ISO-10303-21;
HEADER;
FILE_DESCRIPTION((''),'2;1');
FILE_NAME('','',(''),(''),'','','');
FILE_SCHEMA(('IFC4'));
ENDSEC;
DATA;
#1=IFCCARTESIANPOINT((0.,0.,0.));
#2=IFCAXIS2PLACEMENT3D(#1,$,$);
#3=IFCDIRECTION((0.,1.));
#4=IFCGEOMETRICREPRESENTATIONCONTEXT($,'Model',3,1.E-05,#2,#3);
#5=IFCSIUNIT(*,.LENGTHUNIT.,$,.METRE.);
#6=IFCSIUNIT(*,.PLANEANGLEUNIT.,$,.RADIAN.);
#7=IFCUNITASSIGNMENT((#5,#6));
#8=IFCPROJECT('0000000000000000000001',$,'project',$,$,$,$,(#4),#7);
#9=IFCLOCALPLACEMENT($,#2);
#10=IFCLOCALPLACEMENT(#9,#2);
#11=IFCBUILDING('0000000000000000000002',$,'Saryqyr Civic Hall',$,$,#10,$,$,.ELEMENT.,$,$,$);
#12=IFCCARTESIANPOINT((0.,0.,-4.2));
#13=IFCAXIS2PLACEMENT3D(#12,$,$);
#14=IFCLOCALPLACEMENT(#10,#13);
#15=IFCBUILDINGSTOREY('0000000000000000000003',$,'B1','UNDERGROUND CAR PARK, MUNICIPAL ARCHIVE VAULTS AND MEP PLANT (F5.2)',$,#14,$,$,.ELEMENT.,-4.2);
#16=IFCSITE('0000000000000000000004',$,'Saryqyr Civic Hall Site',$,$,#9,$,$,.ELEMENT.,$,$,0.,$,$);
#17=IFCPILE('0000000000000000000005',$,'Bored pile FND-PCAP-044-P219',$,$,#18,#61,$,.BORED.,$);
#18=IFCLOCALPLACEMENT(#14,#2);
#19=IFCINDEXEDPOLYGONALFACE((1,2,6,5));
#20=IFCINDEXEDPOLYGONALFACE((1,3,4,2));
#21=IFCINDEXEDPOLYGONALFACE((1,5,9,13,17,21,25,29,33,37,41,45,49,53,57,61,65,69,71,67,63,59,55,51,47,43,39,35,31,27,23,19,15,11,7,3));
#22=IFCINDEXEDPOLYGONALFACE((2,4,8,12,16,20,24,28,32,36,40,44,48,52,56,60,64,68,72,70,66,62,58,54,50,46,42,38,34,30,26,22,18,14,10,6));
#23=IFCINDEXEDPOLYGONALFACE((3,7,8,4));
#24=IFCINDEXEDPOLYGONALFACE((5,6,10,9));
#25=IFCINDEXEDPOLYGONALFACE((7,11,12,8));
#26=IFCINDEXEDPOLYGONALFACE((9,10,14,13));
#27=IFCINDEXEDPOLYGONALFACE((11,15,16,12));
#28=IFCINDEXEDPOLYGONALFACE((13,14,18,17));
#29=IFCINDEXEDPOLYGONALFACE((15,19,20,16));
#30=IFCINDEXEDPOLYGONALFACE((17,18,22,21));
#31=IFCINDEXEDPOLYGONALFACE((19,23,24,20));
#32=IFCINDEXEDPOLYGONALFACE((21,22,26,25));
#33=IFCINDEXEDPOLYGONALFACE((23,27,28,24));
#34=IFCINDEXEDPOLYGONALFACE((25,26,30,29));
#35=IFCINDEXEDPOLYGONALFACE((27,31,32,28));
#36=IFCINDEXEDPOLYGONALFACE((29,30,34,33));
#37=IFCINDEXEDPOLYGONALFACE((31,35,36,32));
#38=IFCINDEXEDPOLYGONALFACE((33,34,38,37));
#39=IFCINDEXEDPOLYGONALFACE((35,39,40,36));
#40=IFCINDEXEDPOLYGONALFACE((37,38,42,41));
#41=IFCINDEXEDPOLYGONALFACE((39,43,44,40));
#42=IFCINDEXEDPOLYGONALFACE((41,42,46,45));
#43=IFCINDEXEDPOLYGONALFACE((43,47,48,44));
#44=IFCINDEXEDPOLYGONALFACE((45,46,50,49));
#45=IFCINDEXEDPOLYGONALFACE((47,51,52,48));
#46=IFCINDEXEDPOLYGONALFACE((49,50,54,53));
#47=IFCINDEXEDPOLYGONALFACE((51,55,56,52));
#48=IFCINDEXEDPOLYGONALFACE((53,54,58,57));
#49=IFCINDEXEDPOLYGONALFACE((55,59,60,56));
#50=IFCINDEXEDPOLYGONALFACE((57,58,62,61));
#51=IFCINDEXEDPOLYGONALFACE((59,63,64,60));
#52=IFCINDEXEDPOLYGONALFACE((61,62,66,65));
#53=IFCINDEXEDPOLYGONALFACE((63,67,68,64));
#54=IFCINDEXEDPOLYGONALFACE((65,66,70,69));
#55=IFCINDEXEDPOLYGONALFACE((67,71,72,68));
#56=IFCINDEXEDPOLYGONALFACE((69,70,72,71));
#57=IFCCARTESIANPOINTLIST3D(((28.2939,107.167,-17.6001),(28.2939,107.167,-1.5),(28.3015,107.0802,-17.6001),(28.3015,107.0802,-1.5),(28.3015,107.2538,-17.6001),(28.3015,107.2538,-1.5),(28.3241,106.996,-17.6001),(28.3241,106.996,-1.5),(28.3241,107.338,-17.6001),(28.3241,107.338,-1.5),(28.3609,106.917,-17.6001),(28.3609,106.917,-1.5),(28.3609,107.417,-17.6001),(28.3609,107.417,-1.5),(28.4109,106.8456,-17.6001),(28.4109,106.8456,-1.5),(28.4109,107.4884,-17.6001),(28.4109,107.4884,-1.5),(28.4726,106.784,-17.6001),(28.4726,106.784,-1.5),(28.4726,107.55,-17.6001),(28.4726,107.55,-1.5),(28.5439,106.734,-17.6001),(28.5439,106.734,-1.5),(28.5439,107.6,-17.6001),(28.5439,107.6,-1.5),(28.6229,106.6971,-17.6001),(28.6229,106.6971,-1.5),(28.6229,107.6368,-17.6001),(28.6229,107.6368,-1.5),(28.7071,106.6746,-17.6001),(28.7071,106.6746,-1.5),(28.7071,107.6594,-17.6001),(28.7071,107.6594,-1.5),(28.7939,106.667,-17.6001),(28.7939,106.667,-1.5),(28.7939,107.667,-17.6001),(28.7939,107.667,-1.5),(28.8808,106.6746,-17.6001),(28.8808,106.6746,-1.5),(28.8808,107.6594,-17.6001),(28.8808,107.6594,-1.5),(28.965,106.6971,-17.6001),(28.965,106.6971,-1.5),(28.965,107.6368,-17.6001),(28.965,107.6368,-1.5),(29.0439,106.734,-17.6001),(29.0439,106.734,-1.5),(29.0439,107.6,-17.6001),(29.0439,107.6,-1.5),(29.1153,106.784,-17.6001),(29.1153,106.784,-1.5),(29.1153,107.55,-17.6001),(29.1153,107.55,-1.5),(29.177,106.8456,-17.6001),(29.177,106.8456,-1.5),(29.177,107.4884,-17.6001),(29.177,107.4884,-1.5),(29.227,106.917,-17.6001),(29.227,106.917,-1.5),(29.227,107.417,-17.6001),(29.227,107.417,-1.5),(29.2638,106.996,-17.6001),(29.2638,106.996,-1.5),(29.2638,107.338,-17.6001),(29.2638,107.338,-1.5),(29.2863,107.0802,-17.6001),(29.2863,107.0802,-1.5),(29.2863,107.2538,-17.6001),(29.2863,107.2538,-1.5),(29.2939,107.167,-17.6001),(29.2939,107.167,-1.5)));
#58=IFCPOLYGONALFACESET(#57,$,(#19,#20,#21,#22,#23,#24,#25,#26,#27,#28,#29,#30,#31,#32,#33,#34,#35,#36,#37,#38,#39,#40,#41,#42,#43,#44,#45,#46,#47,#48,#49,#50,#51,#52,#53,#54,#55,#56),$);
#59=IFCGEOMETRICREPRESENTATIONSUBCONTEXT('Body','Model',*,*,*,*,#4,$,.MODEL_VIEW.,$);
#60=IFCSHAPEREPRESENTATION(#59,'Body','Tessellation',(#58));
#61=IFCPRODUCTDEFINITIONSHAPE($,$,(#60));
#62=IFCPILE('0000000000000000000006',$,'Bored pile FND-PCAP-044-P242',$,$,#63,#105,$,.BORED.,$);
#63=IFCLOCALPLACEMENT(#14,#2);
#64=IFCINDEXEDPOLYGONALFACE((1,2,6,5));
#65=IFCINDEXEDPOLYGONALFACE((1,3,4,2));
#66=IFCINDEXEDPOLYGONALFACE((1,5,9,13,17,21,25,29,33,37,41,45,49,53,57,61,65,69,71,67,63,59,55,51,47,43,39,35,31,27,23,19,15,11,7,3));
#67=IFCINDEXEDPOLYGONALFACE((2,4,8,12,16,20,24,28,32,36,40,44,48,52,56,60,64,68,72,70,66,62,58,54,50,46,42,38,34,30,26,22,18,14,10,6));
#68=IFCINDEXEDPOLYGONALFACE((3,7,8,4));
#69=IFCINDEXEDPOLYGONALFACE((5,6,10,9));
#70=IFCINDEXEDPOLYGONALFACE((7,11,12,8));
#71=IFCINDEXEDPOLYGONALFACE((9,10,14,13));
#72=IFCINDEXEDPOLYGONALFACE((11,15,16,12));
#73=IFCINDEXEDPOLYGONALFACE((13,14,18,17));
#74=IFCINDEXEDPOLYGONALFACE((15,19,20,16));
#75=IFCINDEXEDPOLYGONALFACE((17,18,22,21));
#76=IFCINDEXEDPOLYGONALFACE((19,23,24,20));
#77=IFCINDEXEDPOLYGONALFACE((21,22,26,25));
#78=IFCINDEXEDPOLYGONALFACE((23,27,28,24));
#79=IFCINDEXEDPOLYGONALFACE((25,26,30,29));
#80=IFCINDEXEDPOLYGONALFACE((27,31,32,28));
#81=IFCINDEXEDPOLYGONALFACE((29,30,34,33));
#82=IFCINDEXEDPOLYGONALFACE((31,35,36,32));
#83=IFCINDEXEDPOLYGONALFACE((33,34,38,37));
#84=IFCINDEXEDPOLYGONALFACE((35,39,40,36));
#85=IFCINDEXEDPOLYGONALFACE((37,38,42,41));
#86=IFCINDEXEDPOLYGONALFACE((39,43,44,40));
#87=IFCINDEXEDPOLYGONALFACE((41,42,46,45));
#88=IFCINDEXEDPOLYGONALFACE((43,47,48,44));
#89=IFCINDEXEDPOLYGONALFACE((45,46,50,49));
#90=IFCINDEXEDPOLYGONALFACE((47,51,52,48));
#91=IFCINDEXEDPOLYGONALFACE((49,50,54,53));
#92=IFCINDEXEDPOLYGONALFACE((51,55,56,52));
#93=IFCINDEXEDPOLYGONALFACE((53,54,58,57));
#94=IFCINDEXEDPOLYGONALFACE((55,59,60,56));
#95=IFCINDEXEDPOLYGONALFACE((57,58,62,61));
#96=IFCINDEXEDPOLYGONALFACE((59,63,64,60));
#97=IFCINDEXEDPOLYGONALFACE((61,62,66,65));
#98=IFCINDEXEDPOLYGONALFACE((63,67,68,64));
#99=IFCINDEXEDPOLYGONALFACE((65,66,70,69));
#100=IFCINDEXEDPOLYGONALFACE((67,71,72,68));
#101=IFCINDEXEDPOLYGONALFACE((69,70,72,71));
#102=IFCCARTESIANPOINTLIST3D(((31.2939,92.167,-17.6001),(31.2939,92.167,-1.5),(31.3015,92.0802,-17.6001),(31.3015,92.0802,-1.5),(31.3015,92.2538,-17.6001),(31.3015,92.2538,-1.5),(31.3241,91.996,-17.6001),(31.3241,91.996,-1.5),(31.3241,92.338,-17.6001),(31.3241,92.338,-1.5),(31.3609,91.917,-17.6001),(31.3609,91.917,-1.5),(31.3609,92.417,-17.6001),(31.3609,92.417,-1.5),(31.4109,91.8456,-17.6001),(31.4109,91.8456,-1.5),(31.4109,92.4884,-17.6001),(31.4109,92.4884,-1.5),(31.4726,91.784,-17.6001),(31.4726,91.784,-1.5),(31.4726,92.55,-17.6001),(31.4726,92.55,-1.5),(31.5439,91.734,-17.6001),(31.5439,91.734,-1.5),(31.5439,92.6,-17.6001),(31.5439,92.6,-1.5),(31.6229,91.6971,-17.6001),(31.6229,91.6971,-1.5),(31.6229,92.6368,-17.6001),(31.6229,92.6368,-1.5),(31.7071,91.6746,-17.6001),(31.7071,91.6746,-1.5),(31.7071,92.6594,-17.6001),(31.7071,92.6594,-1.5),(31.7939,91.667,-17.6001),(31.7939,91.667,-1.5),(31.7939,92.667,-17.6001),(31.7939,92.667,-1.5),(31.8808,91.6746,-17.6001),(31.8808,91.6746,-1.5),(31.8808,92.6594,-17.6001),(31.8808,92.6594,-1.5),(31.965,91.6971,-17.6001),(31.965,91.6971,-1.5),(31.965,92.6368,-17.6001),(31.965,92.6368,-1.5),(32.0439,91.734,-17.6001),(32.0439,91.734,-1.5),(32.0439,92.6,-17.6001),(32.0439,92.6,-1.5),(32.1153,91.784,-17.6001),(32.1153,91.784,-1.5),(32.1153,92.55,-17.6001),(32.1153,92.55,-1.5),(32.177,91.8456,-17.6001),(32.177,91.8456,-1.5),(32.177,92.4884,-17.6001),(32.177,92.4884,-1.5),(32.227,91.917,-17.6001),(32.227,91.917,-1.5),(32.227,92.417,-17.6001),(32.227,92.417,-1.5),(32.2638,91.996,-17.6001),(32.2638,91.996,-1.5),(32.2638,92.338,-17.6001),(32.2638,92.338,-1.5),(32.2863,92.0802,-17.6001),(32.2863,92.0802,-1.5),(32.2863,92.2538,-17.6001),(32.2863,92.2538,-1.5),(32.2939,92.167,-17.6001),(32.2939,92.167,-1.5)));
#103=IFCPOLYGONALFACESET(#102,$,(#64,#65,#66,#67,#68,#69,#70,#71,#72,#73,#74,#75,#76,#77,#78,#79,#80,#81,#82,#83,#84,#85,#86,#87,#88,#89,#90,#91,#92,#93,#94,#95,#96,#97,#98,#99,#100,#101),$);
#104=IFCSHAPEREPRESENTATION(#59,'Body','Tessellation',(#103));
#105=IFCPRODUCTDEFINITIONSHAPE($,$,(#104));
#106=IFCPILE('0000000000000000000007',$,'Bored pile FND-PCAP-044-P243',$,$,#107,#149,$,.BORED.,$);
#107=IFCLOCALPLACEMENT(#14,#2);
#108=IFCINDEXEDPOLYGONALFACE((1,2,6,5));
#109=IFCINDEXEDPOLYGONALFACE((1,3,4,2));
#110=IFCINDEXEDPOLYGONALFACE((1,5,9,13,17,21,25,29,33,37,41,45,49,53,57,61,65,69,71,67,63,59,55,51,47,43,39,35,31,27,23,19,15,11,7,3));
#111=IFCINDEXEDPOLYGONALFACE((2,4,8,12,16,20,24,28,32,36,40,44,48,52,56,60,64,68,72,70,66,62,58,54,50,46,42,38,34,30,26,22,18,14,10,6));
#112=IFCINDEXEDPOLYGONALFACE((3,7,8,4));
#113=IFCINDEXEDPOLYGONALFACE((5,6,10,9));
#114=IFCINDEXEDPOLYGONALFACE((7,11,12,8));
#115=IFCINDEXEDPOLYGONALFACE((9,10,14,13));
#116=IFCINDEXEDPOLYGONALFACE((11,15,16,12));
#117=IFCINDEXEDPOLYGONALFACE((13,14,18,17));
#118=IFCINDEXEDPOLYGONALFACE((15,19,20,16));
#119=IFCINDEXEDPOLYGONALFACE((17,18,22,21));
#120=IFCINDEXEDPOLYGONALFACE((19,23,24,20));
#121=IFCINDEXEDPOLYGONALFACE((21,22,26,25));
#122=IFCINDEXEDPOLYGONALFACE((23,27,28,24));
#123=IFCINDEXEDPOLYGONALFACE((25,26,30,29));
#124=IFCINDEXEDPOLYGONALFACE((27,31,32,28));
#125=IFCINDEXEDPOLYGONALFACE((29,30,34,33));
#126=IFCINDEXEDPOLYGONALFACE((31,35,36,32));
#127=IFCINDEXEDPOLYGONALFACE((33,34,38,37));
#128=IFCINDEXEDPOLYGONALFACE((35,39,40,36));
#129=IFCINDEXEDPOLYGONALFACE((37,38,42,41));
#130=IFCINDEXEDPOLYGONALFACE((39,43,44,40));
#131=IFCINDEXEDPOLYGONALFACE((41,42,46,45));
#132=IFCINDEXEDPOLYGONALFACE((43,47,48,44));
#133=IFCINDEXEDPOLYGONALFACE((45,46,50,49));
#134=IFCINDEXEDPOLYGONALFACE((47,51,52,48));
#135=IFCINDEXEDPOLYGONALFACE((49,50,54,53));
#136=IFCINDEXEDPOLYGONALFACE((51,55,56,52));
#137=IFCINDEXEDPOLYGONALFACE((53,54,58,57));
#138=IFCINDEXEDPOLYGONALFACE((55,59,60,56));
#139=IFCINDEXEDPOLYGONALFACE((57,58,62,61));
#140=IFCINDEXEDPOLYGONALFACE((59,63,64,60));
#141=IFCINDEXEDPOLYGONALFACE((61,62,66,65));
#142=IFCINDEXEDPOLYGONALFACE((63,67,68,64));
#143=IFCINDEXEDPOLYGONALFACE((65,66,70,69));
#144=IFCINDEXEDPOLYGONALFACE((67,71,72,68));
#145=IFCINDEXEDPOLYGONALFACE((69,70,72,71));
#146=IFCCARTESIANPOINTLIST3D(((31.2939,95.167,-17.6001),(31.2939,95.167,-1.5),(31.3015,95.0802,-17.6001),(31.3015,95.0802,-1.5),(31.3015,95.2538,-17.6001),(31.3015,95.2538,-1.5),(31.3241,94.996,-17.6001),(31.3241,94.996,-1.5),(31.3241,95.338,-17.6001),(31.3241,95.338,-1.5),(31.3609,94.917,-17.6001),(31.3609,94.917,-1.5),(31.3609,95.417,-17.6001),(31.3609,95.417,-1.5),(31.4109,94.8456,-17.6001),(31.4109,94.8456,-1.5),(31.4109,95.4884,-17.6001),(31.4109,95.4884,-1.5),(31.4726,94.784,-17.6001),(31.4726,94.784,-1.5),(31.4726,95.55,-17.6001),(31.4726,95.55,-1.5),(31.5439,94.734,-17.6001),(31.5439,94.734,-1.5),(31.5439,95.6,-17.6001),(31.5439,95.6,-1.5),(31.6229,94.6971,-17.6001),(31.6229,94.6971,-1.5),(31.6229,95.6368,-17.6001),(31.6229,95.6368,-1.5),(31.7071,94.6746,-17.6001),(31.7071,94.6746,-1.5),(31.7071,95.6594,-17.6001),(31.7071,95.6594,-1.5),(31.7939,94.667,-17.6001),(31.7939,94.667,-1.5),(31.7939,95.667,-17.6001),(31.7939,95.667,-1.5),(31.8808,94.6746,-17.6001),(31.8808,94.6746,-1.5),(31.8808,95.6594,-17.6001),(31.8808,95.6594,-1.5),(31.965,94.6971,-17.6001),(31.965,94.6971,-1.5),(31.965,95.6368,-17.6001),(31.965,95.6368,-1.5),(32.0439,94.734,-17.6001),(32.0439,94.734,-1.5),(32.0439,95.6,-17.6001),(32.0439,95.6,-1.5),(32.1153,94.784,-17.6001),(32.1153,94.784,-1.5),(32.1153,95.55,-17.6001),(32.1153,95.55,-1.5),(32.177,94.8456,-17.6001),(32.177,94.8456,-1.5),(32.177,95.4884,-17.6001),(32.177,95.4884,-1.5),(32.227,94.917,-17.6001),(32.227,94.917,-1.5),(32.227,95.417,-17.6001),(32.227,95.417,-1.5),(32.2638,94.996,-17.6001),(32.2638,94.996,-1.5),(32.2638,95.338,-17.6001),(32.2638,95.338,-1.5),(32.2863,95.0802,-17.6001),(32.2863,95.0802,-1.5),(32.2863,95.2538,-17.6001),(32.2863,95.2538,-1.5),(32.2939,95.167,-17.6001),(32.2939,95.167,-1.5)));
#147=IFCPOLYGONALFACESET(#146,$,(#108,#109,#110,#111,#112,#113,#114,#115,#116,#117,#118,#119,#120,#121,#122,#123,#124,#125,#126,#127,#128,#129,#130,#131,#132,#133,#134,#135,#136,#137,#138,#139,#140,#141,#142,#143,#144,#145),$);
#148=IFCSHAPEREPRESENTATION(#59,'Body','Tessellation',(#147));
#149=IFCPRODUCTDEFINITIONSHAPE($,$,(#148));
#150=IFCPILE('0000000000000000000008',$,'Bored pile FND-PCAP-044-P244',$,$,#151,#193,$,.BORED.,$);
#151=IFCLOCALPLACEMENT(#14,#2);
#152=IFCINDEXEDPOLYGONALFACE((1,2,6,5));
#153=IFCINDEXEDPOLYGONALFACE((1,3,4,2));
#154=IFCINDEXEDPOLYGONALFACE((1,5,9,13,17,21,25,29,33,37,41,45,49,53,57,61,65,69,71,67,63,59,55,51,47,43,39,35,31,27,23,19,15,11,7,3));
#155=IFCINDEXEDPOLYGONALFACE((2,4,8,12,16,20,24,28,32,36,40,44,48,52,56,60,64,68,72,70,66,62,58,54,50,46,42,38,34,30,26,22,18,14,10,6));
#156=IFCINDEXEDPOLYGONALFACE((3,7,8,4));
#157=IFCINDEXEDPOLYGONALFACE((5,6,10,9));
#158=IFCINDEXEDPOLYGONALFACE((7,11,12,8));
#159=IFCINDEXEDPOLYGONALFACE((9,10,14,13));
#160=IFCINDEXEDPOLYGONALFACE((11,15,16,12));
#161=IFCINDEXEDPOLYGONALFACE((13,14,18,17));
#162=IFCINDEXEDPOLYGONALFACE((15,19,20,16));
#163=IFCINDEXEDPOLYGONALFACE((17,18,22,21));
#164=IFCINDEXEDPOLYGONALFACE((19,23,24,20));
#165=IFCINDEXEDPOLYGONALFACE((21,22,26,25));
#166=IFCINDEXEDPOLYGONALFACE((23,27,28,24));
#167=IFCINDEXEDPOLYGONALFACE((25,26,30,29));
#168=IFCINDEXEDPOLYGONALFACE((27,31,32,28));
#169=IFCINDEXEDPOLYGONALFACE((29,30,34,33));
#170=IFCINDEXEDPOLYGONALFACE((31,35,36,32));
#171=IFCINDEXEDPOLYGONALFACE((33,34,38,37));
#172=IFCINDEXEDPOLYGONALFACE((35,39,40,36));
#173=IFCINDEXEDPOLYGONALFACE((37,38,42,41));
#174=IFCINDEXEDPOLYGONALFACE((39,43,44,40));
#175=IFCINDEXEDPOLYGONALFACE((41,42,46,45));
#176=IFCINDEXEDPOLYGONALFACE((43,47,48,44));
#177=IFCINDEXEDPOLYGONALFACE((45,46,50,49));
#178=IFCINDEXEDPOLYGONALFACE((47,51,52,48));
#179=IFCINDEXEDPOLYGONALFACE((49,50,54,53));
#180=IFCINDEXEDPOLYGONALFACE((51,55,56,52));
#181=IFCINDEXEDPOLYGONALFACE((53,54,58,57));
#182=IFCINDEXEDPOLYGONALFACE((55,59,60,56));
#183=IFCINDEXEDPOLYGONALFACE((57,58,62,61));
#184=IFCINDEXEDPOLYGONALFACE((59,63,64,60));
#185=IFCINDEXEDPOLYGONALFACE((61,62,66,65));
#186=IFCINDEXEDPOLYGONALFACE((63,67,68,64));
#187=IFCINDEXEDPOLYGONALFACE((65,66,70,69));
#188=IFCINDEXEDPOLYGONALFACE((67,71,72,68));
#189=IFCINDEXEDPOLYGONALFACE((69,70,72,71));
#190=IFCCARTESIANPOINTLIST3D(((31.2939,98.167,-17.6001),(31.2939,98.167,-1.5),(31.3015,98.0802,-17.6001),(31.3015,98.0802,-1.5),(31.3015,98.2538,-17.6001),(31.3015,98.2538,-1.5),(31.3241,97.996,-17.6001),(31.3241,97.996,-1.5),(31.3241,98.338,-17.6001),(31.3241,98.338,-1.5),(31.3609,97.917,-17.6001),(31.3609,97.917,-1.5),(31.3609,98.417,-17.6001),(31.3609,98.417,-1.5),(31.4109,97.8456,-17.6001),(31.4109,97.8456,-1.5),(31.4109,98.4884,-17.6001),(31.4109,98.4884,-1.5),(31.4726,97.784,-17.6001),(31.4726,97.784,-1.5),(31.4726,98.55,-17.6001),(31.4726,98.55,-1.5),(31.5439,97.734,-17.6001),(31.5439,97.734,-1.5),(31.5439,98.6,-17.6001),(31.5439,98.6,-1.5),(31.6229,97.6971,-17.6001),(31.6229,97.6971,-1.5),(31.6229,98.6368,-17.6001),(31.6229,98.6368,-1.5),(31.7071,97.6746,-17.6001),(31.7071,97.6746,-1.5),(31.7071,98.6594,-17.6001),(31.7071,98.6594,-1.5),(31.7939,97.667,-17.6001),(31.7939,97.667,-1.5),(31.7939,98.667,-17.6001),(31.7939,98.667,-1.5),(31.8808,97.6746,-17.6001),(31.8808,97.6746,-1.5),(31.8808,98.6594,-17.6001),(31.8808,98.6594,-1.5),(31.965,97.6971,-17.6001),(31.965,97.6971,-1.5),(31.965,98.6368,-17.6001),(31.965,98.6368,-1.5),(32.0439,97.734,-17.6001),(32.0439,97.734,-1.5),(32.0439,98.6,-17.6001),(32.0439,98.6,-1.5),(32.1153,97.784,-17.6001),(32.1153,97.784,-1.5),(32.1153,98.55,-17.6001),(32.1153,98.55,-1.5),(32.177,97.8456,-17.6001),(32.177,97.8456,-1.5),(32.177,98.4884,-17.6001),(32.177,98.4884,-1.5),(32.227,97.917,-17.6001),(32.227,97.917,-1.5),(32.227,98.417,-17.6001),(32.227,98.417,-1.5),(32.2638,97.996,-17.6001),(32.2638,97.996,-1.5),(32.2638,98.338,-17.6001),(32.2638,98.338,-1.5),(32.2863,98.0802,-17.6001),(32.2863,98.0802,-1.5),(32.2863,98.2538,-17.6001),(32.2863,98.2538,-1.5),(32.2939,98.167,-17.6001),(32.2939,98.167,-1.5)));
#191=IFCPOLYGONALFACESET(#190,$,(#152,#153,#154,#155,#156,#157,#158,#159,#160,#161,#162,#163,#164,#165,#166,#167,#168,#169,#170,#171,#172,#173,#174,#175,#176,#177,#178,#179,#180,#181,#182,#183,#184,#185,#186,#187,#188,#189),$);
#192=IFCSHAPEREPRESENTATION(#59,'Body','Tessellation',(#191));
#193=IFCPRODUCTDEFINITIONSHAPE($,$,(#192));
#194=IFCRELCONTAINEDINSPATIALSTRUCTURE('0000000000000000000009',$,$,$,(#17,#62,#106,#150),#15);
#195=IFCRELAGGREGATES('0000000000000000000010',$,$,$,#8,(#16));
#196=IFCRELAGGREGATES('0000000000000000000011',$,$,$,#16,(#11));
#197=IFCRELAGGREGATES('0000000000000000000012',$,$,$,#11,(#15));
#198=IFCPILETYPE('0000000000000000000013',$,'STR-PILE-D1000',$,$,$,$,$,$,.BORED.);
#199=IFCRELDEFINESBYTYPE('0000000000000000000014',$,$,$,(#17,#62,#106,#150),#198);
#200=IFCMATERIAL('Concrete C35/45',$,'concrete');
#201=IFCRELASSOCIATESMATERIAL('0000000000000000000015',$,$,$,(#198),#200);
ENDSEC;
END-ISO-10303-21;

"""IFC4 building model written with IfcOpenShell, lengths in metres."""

from ifc_helpers import new_model, si_unit, direction, frame, origin, origin_2d, place, context, subcontext, project, spatial, circle, extrude, material, material_profile, profile_set, type_object, element, save


model = new_model("IFC4")

# Units and contexts
model_context = context("Model", 3, precision=1e-05, world=origin(), true_north=direction((0.0, 1.0)))
body_context = subcontext(model_context, "Body", "Model", "MODEL_VIEW")
ifc_project = project(units=[si_unit("LENGTHUNIT", "METRE"), si_unit("PLANEANGLEUNIT", "RADIAN")], contexts=[model_context])

# Site, building, storey
site_placement = place(None, origin())
site = spatial("IfcSite", under=ifc_project, at=site_placement, Name="Saryqyr Civic Hall Site", CompositionType="ELEMENT", RefElevation=0.0)
building_placement = place(site_placement, origin())
building = spatial("IfcBuilding", under=site, at=building_placement, Name="Saryqyr Civic Hall", CompositionType="ELEMENT")
storey_placement = place(building_placement, frame((0.0, 0.0, -4.2)))
storey = spatial("IfcBuildingStorey", under=building, at=storey_placement, Name="B1", Description="UNDERGROUND CAR PARK, MUNICIPAL ARCHIVE VAULTS AND MEP PLANT (F5.2)", CompositionType="ELEMENT", Elevation=-4.2)

# Piles
ifc_material_1 = material(Name="Concrete C35/45", Category="concrete")
ifc_material_profile_1 = material_profile(ifc_material_1, circle(Radius=0.5, at=origin_2d()), Name="BORED PILE D1000")
ifc_profile_set_1 = profile_set([ifc_material_profile_1], Name="Concrete C35/45")
pile_type = type_object("IfcPileType", Name="STR-PILE-D1000", PredefinedType="BORED", material=ifc_profile_set_1)
for number, where, z_axis, x_axis, name in (
    (1, (28.7939, 107.167, -1.5), (0.0, 0.0, -1.0), (1.0, 0.0, 0.0), "Bored pile FND-PCAP-044-P219"),
    (2, (31.7939, 92.167, -1.5), (0.0, 0.0, -1.0), (1.0, 0.0, 0.0), "Bored pile FND-PCAP-044-P242"),
    (3, (31.7939, 95.167, -1.5), (0.0, 0.0, -1.0), (1.0, 0.0, 0.0), "Bored pile FND-PCAP-044-P243"),
    (4, (31.7939, 98.167, -1.5), (0.0, 0.0, -1.0), (1.0, 0.0, 0.0), "Bored pile FND-PCAP-044-P244"),
):
    element("IfcPile", number, at=place(storey_placement, frame(where, z_axis=z_axis, x_axis=x_axis)), inside=storey, type_object=pile_type, Name=name, PredefinedType="BORED", context=body_context, shape_type="SweptSolid", body=[
        extrude(circle(Radius=0.5, at=origin_2d()), origin(), (0.0, 0.0, 1.0), 16.1001),
    ])

save(model, "model.ifc")
